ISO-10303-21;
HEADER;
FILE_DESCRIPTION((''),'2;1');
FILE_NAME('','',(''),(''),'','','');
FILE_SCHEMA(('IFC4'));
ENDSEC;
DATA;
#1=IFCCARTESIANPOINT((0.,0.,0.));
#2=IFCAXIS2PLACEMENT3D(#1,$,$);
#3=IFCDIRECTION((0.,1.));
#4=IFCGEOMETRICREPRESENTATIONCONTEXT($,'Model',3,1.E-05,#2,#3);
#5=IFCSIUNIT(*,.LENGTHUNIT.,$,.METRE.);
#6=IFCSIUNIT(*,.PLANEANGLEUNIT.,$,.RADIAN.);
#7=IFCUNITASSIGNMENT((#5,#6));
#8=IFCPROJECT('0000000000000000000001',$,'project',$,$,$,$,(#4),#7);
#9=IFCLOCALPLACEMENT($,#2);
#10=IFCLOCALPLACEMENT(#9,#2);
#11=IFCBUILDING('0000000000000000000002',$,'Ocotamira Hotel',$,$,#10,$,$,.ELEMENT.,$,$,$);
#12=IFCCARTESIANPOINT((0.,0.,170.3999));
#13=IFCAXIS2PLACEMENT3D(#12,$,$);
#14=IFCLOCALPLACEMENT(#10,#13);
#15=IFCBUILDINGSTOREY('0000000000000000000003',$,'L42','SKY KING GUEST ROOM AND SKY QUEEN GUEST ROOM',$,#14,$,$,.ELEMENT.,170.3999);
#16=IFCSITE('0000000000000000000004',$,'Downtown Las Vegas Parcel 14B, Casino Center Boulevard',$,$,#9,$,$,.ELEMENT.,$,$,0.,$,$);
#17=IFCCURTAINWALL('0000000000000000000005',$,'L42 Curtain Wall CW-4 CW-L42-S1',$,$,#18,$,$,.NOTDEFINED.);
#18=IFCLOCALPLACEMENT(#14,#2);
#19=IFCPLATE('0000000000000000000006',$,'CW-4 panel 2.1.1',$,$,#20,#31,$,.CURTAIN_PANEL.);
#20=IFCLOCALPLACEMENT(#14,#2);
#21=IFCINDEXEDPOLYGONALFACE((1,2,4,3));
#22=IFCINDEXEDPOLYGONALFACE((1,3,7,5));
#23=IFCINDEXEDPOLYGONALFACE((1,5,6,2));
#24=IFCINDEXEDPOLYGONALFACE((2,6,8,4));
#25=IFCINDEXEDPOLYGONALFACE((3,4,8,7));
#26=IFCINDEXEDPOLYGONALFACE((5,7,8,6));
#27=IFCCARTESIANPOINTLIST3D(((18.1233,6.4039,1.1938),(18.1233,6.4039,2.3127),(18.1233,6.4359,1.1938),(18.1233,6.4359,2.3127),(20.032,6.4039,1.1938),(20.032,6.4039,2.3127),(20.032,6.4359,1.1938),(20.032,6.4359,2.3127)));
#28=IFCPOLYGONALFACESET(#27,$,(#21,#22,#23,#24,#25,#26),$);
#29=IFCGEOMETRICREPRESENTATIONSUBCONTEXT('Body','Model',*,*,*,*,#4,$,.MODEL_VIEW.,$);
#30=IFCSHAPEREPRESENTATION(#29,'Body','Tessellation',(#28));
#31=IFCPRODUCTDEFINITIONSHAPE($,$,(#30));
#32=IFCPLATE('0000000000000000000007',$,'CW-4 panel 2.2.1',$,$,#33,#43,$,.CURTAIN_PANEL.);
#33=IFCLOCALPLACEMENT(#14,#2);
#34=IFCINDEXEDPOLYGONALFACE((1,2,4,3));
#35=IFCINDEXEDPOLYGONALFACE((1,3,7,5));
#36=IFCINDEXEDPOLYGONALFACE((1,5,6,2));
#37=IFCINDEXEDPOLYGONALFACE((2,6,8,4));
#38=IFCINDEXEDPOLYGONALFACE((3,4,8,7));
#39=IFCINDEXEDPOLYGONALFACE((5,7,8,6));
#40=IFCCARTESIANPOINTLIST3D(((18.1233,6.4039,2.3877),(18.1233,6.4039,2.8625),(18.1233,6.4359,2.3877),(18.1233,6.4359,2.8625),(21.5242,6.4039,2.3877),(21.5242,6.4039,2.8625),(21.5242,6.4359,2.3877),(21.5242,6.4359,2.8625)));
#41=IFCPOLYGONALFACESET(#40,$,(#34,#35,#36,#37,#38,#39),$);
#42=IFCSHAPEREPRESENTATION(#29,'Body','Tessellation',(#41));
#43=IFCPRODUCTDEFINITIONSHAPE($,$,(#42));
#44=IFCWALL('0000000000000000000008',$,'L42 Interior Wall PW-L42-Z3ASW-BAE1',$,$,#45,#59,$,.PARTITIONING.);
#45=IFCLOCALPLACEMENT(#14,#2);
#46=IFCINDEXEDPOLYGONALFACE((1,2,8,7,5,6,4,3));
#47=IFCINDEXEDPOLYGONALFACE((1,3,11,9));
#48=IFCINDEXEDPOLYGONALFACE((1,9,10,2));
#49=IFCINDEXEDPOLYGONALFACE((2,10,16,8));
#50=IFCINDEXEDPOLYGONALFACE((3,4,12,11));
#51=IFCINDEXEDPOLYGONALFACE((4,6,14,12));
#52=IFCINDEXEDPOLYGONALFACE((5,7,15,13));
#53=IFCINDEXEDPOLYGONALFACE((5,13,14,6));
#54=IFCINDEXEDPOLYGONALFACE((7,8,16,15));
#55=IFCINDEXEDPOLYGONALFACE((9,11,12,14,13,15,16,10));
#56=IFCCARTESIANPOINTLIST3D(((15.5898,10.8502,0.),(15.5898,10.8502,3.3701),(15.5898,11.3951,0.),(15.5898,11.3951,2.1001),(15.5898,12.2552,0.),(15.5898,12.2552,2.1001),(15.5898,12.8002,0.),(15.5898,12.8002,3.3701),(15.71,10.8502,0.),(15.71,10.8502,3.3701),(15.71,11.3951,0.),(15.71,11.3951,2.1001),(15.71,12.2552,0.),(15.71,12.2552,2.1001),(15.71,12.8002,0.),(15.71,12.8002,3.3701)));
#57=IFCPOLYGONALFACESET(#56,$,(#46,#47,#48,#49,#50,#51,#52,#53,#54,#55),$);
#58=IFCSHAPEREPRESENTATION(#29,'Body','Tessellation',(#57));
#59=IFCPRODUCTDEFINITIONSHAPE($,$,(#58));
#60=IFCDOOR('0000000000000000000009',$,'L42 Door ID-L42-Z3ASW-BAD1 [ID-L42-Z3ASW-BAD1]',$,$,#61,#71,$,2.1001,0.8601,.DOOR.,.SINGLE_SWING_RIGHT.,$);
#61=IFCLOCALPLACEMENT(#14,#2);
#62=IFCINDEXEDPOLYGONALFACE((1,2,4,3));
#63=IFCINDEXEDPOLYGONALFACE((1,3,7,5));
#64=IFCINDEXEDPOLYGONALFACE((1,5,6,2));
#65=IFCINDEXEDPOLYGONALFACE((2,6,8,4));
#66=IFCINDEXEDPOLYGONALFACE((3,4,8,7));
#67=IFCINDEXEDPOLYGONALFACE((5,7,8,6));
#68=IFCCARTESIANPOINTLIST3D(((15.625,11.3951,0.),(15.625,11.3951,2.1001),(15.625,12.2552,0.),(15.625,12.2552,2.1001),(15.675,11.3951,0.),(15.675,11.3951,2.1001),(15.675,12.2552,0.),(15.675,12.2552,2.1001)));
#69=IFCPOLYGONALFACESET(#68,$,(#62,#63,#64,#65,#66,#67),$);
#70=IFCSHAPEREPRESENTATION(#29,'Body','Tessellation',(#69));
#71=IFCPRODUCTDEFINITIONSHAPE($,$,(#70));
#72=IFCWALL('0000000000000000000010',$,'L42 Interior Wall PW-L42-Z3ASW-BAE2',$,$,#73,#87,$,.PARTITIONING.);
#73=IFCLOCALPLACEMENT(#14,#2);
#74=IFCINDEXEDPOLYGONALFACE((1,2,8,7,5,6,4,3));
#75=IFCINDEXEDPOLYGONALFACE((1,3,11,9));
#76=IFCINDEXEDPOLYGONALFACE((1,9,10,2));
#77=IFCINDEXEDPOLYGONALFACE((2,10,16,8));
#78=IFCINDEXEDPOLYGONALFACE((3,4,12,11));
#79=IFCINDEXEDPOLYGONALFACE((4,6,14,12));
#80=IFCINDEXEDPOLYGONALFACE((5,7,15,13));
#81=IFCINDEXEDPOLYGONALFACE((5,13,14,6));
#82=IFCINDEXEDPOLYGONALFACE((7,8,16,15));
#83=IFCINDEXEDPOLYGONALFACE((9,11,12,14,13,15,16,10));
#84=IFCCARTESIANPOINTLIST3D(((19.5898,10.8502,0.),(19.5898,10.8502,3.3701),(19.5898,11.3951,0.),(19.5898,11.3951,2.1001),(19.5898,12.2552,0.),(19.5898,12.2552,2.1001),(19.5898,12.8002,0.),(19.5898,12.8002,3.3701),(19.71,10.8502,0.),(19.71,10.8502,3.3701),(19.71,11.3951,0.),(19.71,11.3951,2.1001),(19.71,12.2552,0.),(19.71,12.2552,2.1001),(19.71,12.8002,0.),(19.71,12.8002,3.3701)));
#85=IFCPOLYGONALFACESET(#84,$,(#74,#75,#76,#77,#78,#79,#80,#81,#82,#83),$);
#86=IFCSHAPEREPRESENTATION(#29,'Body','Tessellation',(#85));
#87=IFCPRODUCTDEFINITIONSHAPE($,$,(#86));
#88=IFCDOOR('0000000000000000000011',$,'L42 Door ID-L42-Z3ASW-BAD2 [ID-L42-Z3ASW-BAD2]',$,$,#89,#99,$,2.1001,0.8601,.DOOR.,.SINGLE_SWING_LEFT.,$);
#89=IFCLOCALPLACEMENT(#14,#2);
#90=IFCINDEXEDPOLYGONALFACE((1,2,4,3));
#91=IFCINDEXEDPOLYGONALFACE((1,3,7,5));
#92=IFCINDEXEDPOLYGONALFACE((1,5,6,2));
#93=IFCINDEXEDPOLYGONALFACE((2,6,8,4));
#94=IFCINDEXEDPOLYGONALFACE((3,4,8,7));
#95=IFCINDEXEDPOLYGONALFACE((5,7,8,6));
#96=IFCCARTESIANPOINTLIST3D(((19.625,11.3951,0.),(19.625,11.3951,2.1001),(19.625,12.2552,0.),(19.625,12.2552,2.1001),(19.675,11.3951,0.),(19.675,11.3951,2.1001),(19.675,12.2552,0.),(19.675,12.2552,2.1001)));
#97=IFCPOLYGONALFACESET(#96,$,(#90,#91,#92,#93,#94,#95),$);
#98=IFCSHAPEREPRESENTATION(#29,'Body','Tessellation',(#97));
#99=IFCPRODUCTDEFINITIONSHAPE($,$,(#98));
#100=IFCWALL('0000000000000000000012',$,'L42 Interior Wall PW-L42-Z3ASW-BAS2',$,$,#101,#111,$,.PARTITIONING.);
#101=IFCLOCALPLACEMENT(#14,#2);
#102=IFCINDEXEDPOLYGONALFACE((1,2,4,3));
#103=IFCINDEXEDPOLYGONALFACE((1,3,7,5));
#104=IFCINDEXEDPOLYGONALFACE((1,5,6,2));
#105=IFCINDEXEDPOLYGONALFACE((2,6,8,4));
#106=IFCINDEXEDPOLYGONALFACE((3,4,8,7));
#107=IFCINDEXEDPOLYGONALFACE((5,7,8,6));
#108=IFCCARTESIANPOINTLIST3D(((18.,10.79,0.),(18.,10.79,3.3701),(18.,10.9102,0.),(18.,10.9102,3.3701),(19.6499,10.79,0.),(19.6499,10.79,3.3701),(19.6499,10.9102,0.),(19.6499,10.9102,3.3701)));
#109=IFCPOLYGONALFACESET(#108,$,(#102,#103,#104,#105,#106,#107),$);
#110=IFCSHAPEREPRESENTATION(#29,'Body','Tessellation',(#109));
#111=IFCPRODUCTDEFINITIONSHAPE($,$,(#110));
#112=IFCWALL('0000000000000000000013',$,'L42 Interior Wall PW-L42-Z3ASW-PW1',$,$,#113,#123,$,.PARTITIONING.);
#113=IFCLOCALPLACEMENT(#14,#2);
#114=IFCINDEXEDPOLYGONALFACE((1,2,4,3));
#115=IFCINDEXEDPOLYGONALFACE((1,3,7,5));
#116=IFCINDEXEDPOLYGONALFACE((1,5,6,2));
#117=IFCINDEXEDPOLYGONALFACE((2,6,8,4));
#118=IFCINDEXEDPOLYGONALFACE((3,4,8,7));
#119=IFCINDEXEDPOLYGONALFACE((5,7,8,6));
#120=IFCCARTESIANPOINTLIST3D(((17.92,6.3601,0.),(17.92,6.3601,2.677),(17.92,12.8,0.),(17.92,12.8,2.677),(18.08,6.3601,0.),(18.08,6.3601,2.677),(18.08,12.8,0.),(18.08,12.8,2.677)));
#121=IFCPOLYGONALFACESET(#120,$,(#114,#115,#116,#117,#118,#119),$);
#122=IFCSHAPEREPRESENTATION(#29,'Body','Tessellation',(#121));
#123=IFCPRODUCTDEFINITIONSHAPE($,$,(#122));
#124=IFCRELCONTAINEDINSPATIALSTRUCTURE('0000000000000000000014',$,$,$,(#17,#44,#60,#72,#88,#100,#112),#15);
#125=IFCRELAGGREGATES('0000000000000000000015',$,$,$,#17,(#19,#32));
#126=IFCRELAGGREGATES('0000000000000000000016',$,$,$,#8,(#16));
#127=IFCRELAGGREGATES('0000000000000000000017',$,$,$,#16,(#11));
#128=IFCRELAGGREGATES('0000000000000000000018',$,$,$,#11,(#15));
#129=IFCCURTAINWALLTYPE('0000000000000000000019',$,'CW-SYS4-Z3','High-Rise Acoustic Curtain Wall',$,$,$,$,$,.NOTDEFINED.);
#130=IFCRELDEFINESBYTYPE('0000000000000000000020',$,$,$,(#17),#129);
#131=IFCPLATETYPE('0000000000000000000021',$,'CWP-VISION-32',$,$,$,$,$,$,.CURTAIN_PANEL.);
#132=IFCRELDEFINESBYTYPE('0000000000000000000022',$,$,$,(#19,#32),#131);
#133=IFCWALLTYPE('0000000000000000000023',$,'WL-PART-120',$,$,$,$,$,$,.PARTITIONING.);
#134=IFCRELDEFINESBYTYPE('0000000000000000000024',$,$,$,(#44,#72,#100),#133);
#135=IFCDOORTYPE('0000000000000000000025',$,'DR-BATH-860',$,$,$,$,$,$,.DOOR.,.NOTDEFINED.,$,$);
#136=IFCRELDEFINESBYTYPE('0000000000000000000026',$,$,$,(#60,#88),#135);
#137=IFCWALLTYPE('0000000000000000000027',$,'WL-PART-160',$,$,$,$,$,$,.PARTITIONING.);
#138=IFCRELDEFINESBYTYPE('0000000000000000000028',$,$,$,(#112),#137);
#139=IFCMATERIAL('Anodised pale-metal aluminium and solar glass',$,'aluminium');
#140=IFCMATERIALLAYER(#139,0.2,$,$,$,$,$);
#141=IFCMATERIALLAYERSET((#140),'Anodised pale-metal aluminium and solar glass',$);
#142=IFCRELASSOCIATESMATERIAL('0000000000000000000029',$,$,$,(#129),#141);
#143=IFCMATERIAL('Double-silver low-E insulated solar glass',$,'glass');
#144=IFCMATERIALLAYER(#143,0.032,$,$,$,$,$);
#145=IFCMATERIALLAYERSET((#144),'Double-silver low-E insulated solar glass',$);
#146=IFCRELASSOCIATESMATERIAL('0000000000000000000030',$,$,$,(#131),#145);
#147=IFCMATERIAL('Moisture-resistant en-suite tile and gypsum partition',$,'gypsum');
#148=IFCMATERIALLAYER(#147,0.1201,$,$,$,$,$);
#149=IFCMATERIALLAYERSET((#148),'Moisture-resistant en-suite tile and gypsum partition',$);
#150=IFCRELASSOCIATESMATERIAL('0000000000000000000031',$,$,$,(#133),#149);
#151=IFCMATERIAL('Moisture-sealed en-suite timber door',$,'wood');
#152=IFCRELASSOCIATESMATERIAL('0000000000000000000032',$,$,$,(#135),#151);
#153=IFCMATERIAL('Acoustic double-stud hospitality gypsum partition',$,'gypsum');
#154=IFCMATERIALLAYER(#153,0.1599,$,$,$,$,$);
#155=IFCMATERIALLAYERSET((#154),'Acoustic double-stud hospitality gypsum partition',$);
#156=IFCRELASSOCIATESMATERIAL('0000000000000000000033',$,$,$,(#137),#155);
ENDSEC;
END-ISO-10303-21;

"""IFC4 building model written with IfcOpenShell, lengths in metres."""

from ifc_helpers import new_model, si_unit, direction, frame, frame_2d, origin, origin_2d, place, context, subcontext, project, spatial, rectangle, extrude, source, transform, mapped, material, layer, layer_set, type_object, element, fill, aggregate, save


model = new_model("IFC4")

# Units and contexts
model_context = context("Model", 3, precision=1e-05, world=origin(), true_north=direction((0.0, 1.0)))
body_context = subcontext(model_context, "Body", "Model", "MODEL_VIEW")
ifc_project = project(units=[si_unit("LENGTHUNIT", "METRE"), si_unit("PLANEANGLEUNIT", "RADIAN")], contexts=[model_context])

# Site, building, storey
site_placement = place(None, origin())
site = spatial("IfcSite", under=ifc_project, at=site_placement, Name="Downtown Las Vegas Parcel 14B, Casino Center Boulevard", CompositionType="ELEMENT", RefElevation=0.0)
building_placement = place(site_placement, origin())
building = spatial("IfcBuilding", under=site, at=building_placement, Name="Ocotamira Hotel", CompositionType="ELEMENT")
storey_placement = place(building_placement, frame((0.0, 0.0, 170.3999)))
storey = spatial("IfcBuildingStorey", under=building, at=storey_placement, Name="L42", Description="SKY KING GUEST ROOM AND SKY QUEEN GUEST ROOM", CompositionType="ELEMENT", Elevation=170.3999)

# Curtain wall, plates
ifc_material_1 = material(Name="Anodised pale-metal aluminium and solar glass", Category="aluminium")
ifc_layer_1 = layer(ifc_material_1, 0.2)
ifc_layer_set_1 = layer_set([ifc_layer_1], Name="Anodised pale-metal aluminium and solar glass")
curtain_wall_type = type_object("IfcCurtainWallType", Name="CW-SYS4-Z3", Description="High-Rise Acoustic Curtain Wall", PredefinedType="NOTDEFINED", material=ifc_layer_set_1)
curtain_wall_placement = place(storey_placement, origin())
curtain_wall = element("IfcCurtainWall", 1, at=curtain_wall_placement, inside=storey, type_object=curtain_wall_type, Name="L42 Curtain Wall CW-4 CW-L42-S1", PredefinedType="NOTDEFINED")
ifc_material_2 = material(Name="Double-silver low-E insulated solar glass", Category="glass")
ifc_layer_2 = layer(ifc_material_2, 0.032)
ifc_layer_set_2 = layer_set([ifc_layer_2], Name="Double-silver low-E insulated solar glass")
plate_type = type_object("IfcPlateType", Name="CWP-VISION-32", PredefinedType="CURTAIN_PANEL", material=ifc_layer_set_2)
shared_shape_1 = source(origin(), body_context, "Body", "SweptSolid", [
    extrude(rectangle(XDim=1.9087, YDim=0.032, at=origin_2d()), origin(), (0.0, 0.0, 1.0), 1.1189),
])
plate_1_placement = place(storey_placement, frame((19.0776, 6.4199, 1.1938), z_axis=(0.0, 0.0, 1.0), x_axis=(1.0, 0.0, 0.0)))
plate_1 = element("IfcPlate", 2, at=plate_1_placement, type_object=plate_type, Name="CW-4 panel 2.1.1", PredefinedType="CURTAIN_PANEL", context=body_context, shape_type="MappedRepresentation", body=[
    mapped(shared_shape_1, transform((0.0, 0.0, 0.0), scale=1.0)),
])
shared_shape_2 = source(origin(), body_context, "Body", "SweptSolid", [
    extrude(rectangle(XDim=3.4009, YDim=0.032, at=origin_2d()), origin(), (0.0, 0.0, 1.0), 0.4749),
])
plate_2_placement = place(storey_placement, frame((19.8237, 6.4199, 2.3877), z_axis=(0.0, 0.0, 1.0), x_axis=(1.0, 0.0, 0.0)))
plate_2 = element("IfcPlate", 3, at=plate_2_placement, type_object=plate_type, Name="CW-4 panel 2.2.1", PredefinedType="CURTAIN_PANEL", context=body_context, shape_type="MappedRepresentation", body=[
    mapped(shared_shape_2, transform((0.0, 0.0, 0.0), scale=1.0)),
])
aggregate(curtain_wall, [plate_1, plate_2])

# Walls, openings, doors
ifc_material_3 = material(Name="Moisture-resistant en-suite tile and gypsum partition", Category="gypsum")
ifc_layer_3 = layer(ifc_material_3, 0.1201)
ifc_layer_set_3 = layer_set([ifc_layer_3], Name="Moisture-resistant en-suite tile and gypsum partition")
wall_type_1 = type_object("IfcWallType", Name="WL-PART-120", PredefinedType="PARTITIONING", material=ifc_layer_set_3)
wall_1_placement = place(storey_placement, frame((15.6499, 10.8501, 0.0), z_axis=(0.0, 0.0, 1.0), x_axis=(0.0, 1.0, 0.0)))
wall_1 = element("IfcWall", 4, at=wall_1_placement, inside=storey, type_object=wall_type_1, Name="L42 Interior Wall PW-L42-Z3ASW-BAE1", PredefinedType="PARTITIONING", context=body_context, shape_type="SweptSolid", body=[
    extrude(rectangle(XDim=1.95, YDim=0.1201, at=frame_2d((0.9751, 0.0))), origin(), (0.0, 0.0, 1.0), 3.3701),
])
opening_1_placement = place(wall_1_placement, frame((0.5449, 0.0, 0.0)))
opening_1 = element("IfcOpeningElement", 5, at=opening_1_placement, cuts=wall_1, PredefinedType="OPENING", context=body_context, shape_type="SweptSolid", body=[
    extrude(rectangle(XDim=0.8601, YDim=2.1001, at=frame_2d((0.4302, 1.05))), frame((0.0, 0.0701, 0.0), z_axis=(0.0, -1.0, 0.0), x_axis=(1.0, 0.0, 0.0)), (0.0, 0.0, 1.0), 0.1401),
])
ifc_material_4 = material(Name="Moisture-sealed en-suite timber door", Category="wood")
door_type = type_object("IfcDoorType", Name="DR-BATH-860", OperationType="NOTDEFINED", PredefinedType="DOOR", material=ifc_material_4)
shared_shape_3 = source(origin(), body_context, "Body", "SweptSolid", [
    extrude(rectangle(XDim=0.8601, YDim=2.1001, at=frame_2d((0.4302, 1.05))), frame((0.0, 0.0249, 0.0), z_axis=(0.0, -1.0, 0.0), x_axis=(1.0, 0.0, 0.0)), (0.0, 0.0, 1.0), 0.05),
])
door_1_placement = place(opening_1_placement, origin())
door_1 = element("IfcDoor", 6, at=door_1_placement, inside=storey, type_object=door_type, Name="L42 Door ID-L42-Z3ASW-BAD1 [ID-L42-Z3ASW-BAD1]", OperationType="SINGLE_SWING_RIGHT", OverallHeight=2.1001, OverallWidth=0.8601, PredefinedType="DOOR", context=body_context, shape_type="MappedRepresentation", body=[
    mapped(shared_shape_3, transform((0.0, 0.0, 0.0), scale=1.0)),
])
fill(opening_1, door_1)
wall_2_placement = place(storey_placement, frame((19.6499, 10.8501, 0.0), z_axis=(0.0, 0.0, 1.0), x_axis=(0.0, 1.0, 0.0)))
wall_2 = element("IfcWall", 7, at=wall_2_placement, inside=storey, type_object=wall_type_1, Name="L42 Interior Wall PW-L42-Z3ASW-BAE2", PredefinedType="PARTITIONING", context=body_context, shape_type="SweptSolid", body=[
    extrude(rectangle(XDim=1.95, YDim=0.1201, at=frame_2d((0.9751, 0.0))), origin(), (0.0, 0.0, 1.0), 3.3701),
])
opening_2_placement = place(wall_2_placement, frame((0.5449, 0.0, 0.0)))
opening_2 = element("IfcOpeningElement", 8, at=opening_2_placement, cuts=wall_2, PredefinedType="OPENING", context=body_context, shape_type="SweptSolid", body=[
    extrude(rectangle(XDim=0.8601, YDim=2.1001, at=frame_2d((0.4302, 1.05))), frame((0.0, 0.0701, 0.0), z_axis=(0.0, -1.0, 0.0), x_axis=(1.0, 0.0, 0.0)), (0.0, 0.0, 1.0), 0.1401),
])
door_2_placement = place(opening_2_placement, origin())
door_2 = element("IfcDoor", 9, at=door_2_placement, inside=storey, type_object=door_type, Name="L42 Door ID-L42-Z3ASW-BAD2 [ID-L42-Z3ASW-BAD2]", OperationType="SINGLE_SWING_LEFT", OverallHeight=2.1001, OverallWidth=0.8601, PredefinedType="DOOR", context=body_context, shape_type="MappedRepresentation", body=[
    mapped(shared_shape_3, transform((0.0, 0.0, 0.0), scale=1.0)),
])
fill(opening_2, door_2)

# Walls
wall_3_placement = place(storey_placement, frame((18.0, 10.8501, 0.0), z_axis=(0.0, 0.0, 1.0), x_axis=(1.0, 0.0, 0.0)))
element("IfcWall", 10, at=wall_3_placement, inside=storey, type_object=wall_type_1, Name="L42 Interior Wall PW-L42-Z3ASW-BAS2", PredefinedType="PARTITIONING", context=body_context, shape_type="SweptSolid", body=[
    extrude(rectangle(XDim=1.6499, YDim=0.1201, at=frame_2d((0.825, 0.0))), origin(), (0.0, 0.0, 1.0), 3.3701),
])
ifc_material_5 = material(Name="Acoustic double-stud hospitality gypsum partition", Category="gypsum")
ifc_layer_4 = layer(ifc_material_5, 0.1599)
ifc_layer_set_4 = layer_set([ifc_layer_4], Name="Acoustic double-stud hospitality gypsum partition")
wall_type_2 = type_object("IfcWallType", Name="WL-PART-160", PredefinedType="PARTITIONING", material=ifc_layer_set_4)
wall_4_placement = place(storey_placement, frame((18.0, 6.3601, 0.0), z_axis=(0.0, 0.0, 1.0), x_axis=(0.0, 1.0, 0.0)))
element("IfcWall", 11, at=wall_4_placement, inside=storey, type_object=wall_type_2, Name="L42 Interior Wall PW-L42-Z3ASW-PW1", PredefinedType="PARTITIONING", context=body_context, shape_type="SweptSolid", body=[
    extrude(rectangle(XDim=6.4399, YDim=0.1599, at=frame_2d((3.22, 0.0))), origin(), (0.0, 0.0, 1.0), 2.677),
])

save(model, "model.ifc")
